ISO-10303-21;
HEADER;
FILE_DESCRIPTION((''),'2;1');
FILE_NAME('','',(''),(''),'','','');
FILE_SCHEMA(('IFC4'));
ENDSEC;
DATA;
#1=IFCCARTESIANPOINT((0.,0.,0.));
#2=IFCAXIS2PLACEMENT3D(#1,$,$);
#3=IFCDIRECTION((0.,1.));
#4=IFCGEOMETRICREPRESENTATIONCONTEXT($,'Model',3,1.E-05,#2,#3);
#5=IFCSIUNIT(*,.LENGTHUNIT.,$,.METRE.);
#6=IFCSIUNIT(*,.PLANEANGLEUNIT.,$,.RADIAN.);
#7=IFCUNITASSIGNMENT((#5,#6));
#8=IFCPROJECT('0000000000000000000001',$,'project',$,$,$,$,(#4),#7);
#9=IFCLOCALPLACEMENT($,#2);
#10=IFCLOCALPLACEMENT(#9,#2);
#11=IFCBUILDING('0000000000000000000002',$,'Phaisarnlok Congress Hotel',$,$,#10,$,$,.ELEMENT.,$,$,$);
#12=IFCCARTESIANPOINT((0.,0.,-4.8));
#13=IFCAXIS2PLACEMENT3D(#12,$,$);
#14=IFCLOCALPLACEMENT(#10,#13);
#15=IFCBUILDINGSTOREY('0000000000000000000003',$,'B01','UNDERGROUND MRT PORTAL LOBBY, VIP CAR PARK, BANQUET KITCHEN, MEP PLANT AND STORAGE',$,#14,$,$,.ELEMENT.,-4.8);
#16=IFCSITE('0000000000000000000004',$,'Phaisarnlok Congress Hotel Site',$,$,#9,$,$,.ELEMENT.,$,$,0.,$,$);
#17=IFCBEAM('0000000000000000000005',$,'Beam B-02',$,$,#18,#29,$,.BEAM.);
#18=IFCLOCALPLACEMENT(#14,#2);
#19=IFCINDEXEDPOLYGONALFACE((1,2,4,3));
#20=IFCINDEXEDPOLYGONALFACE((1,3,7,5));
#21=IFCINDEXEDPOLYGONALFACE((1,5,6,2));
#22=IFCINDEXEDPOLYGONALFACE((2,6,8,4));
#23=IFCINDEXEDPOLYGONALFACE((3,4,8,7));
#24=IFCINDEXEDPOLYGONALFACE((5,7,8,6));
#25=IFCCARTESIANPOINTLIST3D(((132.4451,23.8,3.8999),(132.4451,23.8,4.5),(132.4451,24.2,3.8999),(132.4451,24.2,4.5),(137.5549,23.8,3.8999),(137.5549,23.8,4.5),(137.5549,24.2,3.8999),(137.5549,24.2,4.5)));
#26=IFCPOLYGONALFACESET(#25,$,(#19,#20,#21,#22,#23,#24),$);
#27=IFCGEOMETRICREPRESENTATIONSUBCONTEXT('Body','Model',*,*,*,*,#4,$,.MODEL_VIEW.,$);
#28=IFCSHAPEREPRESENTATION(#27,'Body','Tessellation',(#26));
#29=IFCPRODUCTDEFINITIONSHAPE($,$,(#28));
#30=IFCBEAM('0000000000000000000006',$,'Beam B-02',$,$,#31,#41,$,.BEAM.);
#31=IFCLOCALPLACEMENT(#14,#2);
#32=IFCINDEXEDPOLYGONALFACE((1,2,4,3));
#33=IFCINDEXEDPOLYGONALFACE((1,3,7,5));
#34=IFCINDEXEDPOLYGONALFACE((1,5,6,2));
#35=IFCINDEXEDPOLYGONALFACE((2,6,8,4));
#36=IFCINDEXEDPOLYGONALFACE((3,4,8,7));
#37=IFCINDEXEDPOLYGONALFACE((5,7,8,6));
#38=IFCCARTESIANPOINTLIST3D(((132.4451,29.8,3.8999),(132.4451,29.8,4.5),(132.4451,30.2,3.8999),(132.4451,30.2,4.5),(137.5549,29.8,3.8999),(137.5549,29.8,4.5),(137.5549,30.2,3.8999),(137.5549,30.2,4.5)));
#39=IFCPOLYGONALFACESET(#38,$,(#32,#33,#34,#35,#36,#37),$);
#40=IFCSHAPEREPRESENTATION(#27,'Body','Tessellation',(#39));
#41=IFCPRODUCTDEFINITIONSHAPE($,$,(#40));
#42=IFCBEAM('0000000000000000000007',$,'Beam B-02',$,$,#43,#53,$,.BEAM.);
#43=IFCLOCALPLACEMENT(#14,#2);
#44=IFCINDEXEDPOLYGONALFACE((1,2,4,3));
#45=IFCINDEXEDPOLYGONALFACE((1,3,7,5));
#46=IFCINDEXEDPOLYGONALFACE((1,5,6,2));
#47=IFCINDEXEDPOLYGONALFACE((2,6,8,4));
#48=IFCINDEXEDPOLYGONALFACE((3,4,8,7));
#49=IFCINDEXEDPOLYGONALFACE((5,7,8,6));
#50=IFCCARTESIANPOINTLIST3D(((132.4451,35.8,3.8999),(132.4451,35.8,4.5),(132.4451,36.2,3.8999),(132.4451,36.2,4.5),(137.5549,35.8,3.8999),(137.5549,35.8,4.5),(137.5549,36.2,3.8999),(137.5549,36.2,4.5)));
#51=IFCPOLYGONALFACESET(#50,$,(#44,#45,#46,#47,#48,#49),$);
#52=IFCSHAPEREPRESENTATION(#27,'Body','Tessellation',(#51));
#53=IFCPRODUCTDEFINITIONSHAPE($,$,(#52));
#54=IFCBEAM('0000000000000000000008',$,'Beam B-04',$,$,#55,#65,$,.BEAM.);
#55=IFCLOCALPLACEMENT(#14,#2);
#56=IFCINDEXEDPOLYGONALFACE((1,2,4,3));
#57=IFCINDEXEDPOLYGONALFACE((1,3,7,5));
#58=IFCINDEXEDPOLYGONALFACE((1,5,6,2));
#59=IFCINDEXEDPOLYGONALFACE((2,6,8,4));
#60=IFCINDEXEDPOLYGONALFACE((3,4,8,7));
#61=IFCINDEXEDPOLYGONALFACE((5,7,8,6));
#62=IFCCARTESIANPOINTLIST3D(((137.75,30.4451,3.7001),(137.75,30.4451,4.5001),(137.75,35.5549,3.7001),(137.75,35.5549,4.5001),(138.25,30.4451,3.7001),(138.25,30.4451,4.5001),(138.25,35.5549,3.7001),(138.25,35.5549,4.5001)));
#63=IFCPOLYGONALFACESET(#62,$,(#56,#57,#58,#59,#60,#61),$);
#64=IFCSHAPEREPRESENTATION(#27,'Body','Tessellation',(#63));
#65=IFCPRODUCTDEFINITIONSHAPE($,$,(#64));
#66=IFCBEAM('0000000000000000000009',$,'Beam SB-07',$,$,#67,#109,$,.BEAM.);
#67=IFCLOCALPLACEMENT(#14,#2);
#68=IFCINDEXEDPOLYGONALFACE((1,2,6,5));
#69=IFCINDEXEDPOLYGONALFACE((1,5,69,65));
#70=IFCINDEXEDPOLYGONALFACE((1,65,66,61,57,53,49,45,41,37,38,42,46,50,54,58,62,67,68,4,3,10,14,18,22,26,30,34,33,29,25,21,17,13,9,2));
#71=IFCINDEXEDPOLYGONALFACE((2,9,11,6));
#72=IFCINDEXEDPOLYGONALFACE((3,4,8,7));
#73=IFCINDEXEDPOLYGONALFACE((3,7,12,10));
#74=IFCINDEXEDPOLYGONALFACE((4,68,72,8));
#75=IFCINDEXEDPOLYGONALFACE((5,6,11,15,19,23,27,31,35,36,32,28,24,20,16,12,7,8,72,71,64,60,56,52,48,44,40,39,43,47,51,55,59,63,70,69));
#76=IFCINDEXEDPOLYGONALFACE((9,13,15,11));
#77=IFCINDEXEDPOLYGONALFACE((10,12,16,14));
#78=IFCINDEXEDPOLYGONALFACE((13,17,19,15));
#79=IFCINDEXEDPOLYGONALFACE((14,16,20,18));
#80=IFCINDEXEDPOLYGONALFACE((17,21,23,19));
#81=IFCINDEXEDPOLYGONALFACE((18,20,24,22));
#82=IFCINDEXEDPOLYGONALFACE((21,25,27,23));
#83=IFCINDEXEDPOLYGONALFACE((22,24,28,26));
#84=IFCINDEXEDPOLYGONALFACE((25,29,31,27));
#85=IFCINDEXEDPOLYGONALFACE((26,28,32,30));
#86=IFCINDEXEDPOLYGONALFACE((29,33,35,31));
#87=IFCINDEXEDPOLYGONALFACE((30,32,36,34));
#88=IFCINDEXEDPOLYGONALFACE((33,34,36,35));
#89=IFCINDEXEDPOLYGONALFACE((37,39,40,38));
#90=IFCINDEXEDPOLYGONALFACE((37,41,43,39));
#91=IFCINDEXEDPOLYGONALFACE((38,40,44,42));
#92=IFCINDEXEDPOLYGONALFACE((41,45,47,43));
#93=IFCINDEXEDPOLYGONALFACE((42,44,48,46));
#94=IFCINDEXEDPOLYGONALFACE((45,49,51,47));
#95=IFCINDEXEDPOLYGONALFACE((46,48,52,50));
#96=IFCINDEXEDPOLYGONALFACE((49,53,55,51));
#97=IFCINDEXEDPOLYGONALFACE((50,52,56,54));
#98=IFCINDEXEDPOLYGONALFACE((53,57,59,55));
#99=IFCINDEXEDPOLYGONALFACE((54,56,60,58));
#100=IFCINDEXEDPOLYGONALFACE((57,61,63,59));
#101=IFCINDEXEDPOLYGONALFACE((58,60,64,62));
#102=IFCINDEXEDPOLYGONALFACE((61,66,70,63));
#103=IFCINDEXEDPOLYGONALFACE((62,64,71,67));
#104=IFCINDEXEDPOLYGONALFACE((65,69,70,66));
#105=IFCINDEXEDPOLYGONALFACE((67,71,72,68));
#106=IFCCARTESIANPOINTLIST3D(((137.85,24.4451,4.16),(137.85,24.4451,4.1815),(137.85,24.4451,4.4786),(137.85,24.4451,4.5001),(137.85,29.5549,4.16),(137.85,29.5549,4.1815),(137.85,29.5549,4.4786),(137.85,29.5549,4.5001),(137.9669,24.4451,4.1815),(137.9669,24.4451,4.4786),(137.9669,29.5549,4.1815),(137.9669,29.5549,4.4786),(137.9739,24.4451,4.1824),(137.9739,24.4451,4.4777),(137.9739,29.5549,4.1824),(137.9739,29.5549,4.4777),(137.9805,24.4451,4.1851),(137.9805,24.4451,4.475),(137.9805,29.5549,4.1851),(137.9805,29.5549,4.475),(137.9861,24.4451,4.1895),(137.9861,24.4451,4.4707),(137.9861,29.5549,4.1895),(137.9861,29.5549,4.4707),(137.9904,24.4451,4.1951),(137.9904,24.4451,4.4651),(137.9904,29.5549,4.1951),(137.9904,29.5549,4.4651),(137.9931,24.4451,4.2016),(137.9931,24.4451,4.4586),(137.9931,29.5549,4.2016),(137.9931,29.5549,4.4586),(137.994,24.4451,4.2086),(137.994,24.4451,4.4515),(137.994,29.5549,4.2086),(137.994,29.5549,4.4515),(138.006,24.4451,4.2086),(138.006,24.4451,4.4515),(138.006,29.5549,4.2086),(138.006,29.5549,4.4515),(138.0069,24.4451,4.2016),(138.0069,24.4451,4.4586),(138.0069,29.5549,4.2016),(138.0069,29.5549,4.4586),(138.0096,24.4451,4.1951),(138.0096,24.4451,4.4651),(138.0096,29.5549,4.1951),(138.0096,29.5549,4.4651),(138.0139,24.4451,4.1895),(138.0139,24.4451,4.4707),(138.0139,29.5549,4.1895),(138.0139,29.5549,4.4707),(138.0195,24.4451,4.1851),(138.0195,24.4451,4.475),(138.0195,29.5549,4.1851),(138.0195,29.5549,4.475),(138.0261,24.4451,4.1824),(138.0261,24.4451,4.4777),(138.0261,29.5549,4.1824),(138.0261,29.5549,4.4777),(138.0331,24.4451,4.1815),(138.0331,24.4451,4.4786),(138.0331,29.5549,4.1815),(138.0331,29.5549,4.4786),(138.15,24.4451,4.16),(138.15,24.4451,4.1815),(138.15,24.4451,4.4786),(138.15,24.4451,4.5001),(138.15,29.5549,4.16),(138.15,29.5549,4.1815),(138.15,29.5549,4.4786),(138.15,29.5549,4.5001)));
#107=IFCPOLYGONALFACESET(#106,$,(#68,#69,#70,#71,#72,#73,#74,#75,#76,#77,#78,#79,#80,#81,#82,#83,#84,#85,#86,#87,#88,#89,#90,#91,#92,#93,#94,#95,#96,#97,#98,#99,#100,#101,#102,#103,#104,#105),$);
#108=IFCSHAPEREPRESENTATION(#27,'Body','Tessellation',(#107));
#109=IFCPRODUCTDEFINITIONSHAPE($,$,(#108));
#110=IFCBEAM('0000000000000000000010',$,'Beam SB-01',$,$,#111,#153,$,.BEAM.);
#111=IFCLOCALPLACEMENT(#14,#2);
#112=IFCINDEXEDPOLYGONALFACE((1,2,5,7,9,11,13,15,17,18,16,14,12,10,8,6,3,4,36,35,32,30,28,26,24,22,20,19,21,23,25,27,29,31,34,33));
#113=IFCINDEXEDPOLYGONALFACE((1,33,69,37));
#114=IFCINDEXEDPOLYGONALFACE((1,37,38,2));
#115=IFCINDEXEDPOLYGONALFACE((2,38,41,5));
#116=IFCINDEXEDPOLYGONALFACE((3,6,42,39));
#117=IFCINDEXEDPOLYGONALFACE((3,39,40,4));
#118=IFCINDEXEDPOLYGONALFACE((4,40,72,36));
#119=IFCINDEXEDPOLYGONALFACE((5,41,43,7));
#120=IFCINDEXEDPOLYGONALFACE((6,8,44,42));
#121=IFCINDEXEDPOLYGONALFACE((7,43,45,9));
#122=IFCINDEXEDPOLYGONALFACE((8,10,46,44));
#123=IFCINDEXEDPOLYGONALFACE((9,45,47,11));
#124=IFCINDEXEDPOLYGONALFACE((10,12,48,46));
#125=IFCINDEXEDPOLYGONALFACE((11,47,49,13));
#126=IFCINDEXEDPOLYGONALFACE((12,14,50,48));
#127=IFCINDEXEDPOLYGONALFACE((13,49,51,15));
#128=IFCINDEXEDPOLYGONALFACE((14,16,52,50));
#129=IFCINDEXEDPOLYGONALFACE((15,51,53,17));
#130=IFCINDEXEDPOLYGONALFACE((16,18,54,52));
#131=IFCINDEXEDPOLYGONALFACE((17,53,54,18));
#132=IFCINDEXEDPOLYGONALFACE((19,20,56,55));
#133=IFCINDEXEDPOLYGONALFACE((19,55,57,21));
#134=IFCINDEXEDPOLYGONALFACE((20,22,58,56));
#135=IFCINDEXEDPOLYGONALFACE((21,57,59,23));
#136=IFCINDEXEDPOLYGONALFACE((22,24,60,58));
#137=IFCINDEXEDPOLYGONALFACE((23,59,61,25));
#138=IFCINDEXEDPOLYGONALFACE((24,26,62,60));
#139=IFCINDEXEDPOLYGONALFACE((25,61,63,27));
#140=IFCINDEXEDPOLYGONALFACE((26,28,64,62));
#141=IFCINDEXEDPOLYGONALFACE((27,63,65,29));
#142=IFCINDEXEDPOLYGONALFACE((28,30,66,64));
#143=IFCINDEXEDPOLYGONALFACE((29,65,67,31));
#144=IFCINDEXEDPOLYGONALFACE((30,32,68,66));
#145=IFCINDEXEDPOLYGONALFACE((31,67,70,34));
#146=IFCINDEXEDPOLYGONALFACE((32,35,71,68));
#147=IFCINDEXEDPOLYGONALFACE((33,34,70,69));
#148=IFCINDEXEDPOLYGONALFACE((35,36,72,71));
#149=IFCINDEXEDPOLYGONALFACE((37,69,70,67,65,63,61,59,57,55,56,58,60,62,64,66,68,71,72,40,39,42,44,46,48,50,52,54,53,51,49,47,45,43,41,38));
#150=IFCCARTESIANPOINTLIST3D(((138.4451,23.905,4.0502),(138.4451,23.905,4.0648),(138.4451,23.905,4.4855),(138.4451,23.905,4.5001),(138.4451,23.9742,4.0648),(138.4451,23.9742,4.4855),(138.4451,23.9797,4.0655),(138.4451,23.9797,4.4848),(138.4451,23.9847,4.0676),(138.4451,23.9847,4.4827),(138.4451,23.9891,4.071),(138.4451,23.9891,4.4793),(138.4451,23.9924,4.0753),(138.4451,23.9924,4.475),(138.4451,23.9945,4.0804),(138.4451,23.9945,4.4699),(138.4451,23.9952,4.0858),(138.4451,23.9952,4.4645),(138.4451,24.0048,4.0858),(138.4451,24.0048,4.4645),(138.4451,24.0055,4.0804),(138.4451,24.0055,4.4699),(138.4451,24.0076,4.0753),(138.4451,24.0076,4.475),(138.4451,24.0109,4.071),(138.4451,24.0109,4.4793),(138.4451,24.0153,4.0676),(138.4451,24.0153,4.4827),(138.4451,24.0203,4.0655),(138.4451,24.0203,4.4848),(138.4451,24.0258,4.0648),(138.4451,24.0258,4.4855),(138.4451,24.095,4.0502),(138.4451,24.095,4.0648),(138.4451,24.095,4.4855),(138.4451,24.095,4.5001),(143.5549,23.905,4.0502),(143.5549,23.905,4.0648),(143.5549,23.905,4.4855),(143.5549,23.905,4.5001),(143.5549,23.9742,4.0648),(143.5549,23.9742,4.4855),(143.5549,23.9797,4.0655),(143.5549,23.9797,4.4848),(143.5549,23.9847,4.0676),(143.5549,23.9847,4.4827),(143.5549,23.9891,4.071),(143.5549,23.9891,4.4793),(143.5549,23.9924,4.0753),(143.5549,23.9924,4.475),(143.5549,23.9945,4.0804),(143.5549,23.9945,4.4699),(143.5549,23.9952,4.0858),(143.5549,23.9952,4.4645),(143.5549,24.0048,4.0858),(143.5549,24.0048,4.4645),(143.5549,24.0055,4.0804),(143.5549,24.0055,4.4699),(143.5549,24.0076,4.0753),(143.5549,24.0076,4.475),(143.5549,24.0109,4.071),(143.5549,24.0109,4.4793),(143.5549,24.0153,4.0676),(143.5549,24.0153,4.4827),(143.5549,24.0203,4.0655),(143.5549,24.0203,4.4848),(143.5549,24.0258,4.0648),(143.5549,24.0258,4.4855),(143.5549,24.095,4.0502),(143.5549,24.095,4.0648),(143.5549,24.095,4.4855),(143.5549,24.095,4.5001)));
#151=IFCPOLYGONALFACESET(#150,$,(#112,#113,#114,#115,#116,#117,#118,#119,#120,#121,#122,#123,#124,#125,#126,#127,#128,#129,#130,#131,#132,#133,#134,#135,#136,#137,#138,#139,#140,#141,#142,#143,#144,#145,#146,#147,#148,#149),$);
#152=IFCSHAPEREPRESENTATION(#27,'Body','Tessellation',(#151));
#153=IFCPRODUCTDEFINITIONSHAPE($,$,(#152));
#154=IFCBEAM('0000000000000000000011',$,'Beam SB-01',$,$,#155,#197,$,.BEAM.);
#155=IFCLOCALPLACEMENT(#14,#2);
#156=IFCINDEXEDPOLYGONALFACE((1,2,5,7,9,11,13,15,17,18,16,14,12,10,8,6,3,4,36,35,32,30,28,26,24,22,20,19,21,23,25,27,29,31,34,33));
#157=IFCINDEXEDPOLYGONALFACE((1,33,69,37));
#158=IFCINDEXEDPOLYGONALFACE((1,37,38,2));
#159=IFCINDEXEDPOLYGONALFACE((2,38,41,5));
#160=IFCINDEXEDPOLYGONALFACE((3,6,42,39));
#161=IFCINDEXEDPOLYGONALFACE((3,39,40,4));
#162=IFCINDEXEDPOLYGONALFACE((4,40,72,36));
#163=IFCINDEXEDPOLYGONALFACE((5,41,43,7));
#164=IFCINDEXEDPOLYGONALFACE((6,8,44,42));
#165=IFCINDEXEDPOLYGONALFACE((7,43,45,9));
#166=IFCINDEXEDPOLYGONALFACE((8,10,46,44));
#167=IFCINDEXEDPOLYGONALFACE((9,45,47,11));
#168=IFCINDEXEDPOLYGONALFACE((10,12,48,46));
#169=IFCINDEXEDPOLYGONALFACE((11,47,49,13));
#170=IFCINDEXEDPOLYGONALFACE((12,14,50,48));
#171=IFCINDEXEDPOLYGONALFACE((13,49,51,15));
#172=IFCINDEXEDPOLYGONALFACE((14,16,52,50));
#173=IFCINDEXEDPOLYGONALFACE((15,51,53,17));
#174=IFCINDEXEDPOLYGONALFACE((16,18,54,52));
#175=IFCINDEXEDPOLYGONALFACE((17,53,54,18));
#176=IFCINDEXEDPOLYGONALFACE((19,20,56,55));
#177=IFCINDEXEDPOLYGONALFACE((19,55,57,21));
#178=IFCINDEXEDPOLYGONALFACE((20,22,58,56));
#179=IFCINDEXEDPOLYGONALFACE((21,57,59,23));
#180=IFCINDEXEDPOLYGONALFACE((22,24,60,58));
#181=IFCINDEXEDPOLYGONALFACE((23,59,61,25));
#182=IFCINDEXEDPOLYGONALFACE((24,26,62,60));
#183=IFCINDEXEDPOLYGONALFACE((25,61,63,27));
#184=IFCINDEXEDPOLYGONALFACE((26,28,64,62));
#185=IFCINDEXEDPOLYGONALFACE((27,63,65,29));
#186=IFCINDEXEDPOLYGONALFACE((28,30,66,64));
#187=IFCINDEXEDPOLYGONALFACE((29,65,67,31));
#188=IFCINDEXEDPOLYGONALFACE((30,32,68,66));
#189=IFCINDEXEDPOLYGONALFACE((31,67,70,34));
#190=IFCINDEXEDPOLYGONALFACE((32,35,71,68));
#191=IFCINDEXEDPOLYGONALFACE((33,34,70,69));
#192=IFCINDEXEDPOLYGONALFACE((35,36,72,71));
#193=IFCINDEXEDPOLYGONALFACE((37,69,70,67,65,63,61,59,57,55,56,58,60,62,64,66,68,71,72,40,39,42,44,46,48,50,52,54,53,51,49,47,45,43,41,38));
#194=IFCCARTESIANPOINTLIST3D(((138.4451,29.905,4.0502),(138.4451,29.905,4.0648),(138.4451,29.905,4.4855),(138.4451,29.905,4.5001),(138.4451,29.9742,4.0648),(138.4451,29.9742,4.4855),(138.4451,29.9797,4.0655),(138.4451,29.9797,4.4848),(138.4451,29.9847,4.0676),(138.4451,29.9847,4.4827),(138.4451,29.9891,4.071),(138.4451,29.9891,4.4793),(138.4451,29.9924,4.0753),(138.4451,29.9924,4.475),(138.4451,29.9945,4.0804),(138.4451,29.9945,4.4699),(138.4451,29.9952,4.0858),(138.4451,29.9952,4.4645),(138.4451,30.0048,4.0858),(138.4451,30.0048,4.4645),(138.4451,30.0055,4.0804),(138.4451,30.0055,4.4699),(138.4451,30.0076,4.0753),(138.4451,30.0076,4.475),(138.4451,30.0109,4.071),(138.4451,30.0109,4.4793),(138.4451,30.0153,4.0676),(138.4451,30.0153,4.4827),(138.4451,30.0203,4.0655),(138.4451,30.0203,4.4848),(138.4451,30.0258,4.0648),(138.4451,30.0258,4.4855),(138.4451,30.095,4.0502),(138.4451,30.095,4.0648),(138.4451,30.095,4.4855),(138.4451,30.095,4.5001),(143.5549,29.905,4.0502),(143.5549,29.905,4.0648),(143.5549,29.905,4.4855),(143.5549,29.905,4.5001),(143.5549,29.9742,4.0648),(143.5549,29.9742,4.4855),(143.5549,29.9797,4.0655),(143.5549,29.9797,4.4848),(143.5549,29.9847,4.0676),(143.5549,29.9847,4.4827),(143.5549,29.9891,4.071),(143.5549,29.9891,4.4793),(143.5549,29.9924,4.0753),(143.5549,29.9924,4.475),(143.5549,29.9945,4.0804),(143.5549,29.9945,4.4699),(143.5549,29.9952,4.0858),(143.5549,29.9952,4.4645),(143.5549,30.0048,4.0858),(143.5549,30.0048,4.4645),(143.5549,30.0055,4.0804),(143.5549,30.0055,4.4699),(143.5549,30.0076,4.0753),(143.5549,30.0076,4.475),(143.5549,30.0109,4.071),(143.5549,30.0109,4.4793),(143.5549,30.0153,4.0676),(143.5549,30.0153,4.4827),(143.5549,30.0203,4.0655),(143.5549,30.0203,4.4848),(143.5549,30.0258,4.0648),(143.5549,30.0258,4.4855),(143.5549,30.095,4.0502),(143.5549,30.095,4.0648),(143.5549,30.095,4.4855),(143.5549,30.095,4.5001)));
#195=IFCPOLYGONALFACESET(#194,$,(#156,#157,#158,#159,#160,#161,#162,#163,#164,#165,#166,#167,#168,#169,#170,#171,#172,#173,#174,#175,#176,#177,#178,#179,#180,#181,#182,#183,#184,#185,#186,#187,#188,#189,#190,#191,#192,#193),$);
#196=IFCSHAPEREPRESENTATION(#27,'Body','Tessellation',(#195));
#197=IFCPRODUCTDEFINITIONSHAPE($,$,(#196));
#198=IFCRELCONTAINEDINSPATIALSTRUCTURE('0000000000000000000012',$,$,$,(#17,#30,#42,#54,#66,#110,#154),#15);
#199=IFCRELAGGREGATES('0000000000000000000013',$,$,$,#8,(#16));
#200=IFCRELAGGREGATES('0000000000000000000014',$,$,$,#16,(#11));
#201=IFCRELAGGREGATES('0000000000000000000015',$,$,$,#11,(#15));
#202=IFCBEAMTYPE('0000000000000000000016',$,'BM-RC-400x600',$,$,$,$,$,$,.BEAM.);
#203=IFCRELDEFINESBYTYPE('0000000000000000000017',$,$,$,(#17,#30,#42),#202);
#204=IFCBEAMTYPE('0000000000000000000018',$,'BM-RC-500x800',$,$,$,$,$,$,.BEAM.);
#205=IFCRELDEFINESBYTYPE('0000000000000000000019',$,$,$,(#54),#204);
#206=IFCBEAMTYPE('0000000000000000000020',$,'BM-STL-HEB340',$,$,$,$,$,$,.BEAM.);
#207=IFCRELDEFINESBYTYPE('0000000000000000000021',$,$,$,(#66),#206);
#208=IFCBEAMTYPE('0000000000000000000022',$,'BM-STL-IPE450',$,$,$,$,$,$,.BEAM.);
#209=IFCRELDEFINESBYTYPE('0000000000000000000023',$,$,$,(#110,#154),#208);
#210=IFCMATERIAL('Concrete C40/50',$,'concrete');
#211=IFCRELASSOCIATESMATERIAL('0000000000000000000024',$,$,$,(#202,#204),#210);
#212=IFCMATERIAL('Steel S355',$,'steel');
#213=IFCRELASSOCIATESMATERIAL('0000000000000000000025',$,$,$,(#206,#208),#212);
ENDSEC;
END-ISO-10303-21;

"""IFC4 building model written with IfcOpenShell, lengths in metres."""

from ifc_helpers import new_model, si_unit, direction, frame, origin, origin_2d, place, context, subcontext, project, spatial, rectangle, i_section, extrude, material, material_profile, profile_set, type_object, element, save


model = new_model("IFC4")

# Units and contexts
model_context = context("Model", 3, precision=1e-05, world=origin(), true_north=direction((0.0, 1.0)))
body_context = subcontext(model_context, "Body", "Model", "MODEL_VIEW")
ifc_project = project(units=[si_unit("LENGTHUNIT", "METRE"), si_unit("PLANEANGLEUNIT", "RADIAN")], contexts=[model_context])

# Site, building, storey
site_placement = place(None, origin())
site = spatial("IfcSite", under=ifc_project, at=site_placement, Name="Phaisarnlok Congress Hotel Site", CompositionType="ELEMENT", RefElevation=0.0)
building_placement = place(site_placement, origin())
building = spatial("IfcBuilding", under=site, at=building_placement, Name="Phaisarnlok Congress Hotel", CompositionType="ELEMENT")
storey_placement = place(building_placement, frame((0.0, 0.0, -4.8)))
storey = spatial("IfcBuildingStorey", under=building, at=storey_placement, Name="B01", Description="UNDERGROUND MRT PORTAL LOBBY, VIP CAR PARK, BANQUET KITCHEN, MEP PLANT AND STORAGE", CompositionType="ELEMENT", Elevation=-4.8)

# Shared definitions
ifc_material_1 = material(Name="Concrete C40/50", Category="concrete")

# Beams
ifc_material_profile_1 = material_profile(ifc_material_1, rectangle(XDim=0.3999, YDim=0.6001, at=origin_2d()), Name="RC 400x600")
ifc_profile_set_1 = profile_set([ifc_material_profile_1], Name="Concrete C40/50")
beam_type_1 = type_object("IfcBeamType", Name="BM-RC-400x600", PredefinedType="BEAM", material=ifc_profile_set_1)
for number, where, z_axis, x_axis, name in (
    (1, (132.4451, 24.0, 4.2), (1.0, 0.0, 0.0), (0.0, 1.0, 0.0), "Beam B-02"),
    (2, (132.4451, 30.0, 4.2), (1.0, 0.0, 0.0), (0.0, 1.0, 0.0), "Beam B-02"),
    (3, (132.4451, 36.0, 4.2), (1.0, 0.0, 0.0), (0.0, 1.0, 0.0), "Beam B-02"),
):
    element("IfcBeam", number, at=place(storey_placement, frame(where, z_axis=z_axis, x_axis=x_axis)), inside=storey, type_object=beam_type_1, Name=name, PredefinedType="BEAM", context=body_context, shape_type="SweptSolid", body=[
        extrude(rectangle(XDim=0.3999, YDim=0.6001, at=origin_2d()), origin(), (0.0, 0.0, 1.0), 5.1099),
    ])
ifc_material_profile_2 = material_profile(ifc_material_1, rectangle(XDim=0.5, YDim=0.8, at=origin_2d()), Name="RC 500x800")
ifc_profile_set_2 = profile_set([ifc_material_profile_2], Name="Concrete C40/50")
beam_type_2 = type_object("IfcBeamType", Name="BM-RC-500x800", PredefinedType="BEAM", material=ifc_profile_set_2)
beam_1_placement = place(storey_placement, frame((138.0, 30.4451, 4.1001), z_axis=(0.0, 1.0, 0.0), x_axis=(-1.0, 0.0, 0.0)))
element("IfcBeam", 4, at=beam_1_placement, inside=storey, type_object=beam_type_2, Name="Beam B-04", PredefinedType="BEAM", context=body_context, shape_type="SweptSolid", body=[
    extrude(rectangle(XDim=0.5, YDim=0.8, at=origin_2d()), origin(), (0.0, 0.0, 1.0), 5.1099),
])
ifc_material_2 = material(Name="Steel S355", Category="steel")
ifc_material_profile_3 = material_profile(ifc_material_2, i_section(OverallWidth=0.3, OverallDepth=0.3401, WebThickness=0.012, FlangeThickness=0.0215, FilletRadius=0.0271, at=origin_2d()), Name="HEB 340")
ifc_profile_set_3 = profile_set([ifc_material_profile_3], Name="Steel S355")
beam_type_3 = type_object("IfcBeamType", Name="BM-STL-HEB340", PredefinedType="BEAM", material=ifc_profile_set_3)
beam_2_placement = place(storey_placement, frame((138.0, 24.4451, 4.3301), z_axis=(0.0, 1.0, 0.0), x_axis=(-1.0, 0.0, 0.0)))
element("IfcBeam", 5, at=beam_2_placement, inside=storey, type_object=beam_type_3, Name="Beam SB-07", PredefinedType="BEAM", context=body_context, shape_type="SweptSolid", body=[
    extrude(i_section(OverallWidth=0.3, OverallDepth=0.3401, WebThickness=0.012, FlangeThickness=0.0215, FilletRadius=0.0271, at=origin_2d()), origin(), (0.0, 0.0, 1.0), 5.1099),
])
ifc_material_profile_4 = material_profile(ifc_material_2, i_section(OverallWidth=0.1899, OverallDepth=0.45, WebThickness=0.0095, FlangeThickness=0.0146, FilletRadius=0.021, at=origin_2d()), Name="IPE 450")
ifc_profile_set_4 = profile_set([ifc_material_profile_4], Name="Steel S355")
beam_type_4 = type_object("IfcBeamType", Name="BM-STL-IPE450", PredefinedType="BEAM", material=ifc_profile_set_4)
for number, where, z_axis, x_axis, name in (
    (6, (138.4451, 24.0, 4.2751), (1.0, 0.0, 0.0), (0.0, 1.0, 0.0), "Beam SB-01"),
    (7, (138.4451, 30.0, 4.2751), (1.0, 0.0, 0.0), (0.0, 1.0, 0.0), "Beam SB-01"),
):
    element("IfcBeam", number, at=place(storey_placement, frame(where, z_axis=z_axis, x_axis=x_axis)), inside=storey, type_object=beam_type_4, Name=name, PredefinedType="BEAM", context=body_context, shape_type="SweptSolid", body=[
        extrude(i_section(OverallWidth=0.1899, OverallDepth=0.45, WebThickness=0.0095, FlangeThickness=0.0146, FilletRadius=0.021, at=origin_2d()), origin(), (0.0, 0.0, 1.0), 5.1099),
    ])

save(model, "model.ifc")
